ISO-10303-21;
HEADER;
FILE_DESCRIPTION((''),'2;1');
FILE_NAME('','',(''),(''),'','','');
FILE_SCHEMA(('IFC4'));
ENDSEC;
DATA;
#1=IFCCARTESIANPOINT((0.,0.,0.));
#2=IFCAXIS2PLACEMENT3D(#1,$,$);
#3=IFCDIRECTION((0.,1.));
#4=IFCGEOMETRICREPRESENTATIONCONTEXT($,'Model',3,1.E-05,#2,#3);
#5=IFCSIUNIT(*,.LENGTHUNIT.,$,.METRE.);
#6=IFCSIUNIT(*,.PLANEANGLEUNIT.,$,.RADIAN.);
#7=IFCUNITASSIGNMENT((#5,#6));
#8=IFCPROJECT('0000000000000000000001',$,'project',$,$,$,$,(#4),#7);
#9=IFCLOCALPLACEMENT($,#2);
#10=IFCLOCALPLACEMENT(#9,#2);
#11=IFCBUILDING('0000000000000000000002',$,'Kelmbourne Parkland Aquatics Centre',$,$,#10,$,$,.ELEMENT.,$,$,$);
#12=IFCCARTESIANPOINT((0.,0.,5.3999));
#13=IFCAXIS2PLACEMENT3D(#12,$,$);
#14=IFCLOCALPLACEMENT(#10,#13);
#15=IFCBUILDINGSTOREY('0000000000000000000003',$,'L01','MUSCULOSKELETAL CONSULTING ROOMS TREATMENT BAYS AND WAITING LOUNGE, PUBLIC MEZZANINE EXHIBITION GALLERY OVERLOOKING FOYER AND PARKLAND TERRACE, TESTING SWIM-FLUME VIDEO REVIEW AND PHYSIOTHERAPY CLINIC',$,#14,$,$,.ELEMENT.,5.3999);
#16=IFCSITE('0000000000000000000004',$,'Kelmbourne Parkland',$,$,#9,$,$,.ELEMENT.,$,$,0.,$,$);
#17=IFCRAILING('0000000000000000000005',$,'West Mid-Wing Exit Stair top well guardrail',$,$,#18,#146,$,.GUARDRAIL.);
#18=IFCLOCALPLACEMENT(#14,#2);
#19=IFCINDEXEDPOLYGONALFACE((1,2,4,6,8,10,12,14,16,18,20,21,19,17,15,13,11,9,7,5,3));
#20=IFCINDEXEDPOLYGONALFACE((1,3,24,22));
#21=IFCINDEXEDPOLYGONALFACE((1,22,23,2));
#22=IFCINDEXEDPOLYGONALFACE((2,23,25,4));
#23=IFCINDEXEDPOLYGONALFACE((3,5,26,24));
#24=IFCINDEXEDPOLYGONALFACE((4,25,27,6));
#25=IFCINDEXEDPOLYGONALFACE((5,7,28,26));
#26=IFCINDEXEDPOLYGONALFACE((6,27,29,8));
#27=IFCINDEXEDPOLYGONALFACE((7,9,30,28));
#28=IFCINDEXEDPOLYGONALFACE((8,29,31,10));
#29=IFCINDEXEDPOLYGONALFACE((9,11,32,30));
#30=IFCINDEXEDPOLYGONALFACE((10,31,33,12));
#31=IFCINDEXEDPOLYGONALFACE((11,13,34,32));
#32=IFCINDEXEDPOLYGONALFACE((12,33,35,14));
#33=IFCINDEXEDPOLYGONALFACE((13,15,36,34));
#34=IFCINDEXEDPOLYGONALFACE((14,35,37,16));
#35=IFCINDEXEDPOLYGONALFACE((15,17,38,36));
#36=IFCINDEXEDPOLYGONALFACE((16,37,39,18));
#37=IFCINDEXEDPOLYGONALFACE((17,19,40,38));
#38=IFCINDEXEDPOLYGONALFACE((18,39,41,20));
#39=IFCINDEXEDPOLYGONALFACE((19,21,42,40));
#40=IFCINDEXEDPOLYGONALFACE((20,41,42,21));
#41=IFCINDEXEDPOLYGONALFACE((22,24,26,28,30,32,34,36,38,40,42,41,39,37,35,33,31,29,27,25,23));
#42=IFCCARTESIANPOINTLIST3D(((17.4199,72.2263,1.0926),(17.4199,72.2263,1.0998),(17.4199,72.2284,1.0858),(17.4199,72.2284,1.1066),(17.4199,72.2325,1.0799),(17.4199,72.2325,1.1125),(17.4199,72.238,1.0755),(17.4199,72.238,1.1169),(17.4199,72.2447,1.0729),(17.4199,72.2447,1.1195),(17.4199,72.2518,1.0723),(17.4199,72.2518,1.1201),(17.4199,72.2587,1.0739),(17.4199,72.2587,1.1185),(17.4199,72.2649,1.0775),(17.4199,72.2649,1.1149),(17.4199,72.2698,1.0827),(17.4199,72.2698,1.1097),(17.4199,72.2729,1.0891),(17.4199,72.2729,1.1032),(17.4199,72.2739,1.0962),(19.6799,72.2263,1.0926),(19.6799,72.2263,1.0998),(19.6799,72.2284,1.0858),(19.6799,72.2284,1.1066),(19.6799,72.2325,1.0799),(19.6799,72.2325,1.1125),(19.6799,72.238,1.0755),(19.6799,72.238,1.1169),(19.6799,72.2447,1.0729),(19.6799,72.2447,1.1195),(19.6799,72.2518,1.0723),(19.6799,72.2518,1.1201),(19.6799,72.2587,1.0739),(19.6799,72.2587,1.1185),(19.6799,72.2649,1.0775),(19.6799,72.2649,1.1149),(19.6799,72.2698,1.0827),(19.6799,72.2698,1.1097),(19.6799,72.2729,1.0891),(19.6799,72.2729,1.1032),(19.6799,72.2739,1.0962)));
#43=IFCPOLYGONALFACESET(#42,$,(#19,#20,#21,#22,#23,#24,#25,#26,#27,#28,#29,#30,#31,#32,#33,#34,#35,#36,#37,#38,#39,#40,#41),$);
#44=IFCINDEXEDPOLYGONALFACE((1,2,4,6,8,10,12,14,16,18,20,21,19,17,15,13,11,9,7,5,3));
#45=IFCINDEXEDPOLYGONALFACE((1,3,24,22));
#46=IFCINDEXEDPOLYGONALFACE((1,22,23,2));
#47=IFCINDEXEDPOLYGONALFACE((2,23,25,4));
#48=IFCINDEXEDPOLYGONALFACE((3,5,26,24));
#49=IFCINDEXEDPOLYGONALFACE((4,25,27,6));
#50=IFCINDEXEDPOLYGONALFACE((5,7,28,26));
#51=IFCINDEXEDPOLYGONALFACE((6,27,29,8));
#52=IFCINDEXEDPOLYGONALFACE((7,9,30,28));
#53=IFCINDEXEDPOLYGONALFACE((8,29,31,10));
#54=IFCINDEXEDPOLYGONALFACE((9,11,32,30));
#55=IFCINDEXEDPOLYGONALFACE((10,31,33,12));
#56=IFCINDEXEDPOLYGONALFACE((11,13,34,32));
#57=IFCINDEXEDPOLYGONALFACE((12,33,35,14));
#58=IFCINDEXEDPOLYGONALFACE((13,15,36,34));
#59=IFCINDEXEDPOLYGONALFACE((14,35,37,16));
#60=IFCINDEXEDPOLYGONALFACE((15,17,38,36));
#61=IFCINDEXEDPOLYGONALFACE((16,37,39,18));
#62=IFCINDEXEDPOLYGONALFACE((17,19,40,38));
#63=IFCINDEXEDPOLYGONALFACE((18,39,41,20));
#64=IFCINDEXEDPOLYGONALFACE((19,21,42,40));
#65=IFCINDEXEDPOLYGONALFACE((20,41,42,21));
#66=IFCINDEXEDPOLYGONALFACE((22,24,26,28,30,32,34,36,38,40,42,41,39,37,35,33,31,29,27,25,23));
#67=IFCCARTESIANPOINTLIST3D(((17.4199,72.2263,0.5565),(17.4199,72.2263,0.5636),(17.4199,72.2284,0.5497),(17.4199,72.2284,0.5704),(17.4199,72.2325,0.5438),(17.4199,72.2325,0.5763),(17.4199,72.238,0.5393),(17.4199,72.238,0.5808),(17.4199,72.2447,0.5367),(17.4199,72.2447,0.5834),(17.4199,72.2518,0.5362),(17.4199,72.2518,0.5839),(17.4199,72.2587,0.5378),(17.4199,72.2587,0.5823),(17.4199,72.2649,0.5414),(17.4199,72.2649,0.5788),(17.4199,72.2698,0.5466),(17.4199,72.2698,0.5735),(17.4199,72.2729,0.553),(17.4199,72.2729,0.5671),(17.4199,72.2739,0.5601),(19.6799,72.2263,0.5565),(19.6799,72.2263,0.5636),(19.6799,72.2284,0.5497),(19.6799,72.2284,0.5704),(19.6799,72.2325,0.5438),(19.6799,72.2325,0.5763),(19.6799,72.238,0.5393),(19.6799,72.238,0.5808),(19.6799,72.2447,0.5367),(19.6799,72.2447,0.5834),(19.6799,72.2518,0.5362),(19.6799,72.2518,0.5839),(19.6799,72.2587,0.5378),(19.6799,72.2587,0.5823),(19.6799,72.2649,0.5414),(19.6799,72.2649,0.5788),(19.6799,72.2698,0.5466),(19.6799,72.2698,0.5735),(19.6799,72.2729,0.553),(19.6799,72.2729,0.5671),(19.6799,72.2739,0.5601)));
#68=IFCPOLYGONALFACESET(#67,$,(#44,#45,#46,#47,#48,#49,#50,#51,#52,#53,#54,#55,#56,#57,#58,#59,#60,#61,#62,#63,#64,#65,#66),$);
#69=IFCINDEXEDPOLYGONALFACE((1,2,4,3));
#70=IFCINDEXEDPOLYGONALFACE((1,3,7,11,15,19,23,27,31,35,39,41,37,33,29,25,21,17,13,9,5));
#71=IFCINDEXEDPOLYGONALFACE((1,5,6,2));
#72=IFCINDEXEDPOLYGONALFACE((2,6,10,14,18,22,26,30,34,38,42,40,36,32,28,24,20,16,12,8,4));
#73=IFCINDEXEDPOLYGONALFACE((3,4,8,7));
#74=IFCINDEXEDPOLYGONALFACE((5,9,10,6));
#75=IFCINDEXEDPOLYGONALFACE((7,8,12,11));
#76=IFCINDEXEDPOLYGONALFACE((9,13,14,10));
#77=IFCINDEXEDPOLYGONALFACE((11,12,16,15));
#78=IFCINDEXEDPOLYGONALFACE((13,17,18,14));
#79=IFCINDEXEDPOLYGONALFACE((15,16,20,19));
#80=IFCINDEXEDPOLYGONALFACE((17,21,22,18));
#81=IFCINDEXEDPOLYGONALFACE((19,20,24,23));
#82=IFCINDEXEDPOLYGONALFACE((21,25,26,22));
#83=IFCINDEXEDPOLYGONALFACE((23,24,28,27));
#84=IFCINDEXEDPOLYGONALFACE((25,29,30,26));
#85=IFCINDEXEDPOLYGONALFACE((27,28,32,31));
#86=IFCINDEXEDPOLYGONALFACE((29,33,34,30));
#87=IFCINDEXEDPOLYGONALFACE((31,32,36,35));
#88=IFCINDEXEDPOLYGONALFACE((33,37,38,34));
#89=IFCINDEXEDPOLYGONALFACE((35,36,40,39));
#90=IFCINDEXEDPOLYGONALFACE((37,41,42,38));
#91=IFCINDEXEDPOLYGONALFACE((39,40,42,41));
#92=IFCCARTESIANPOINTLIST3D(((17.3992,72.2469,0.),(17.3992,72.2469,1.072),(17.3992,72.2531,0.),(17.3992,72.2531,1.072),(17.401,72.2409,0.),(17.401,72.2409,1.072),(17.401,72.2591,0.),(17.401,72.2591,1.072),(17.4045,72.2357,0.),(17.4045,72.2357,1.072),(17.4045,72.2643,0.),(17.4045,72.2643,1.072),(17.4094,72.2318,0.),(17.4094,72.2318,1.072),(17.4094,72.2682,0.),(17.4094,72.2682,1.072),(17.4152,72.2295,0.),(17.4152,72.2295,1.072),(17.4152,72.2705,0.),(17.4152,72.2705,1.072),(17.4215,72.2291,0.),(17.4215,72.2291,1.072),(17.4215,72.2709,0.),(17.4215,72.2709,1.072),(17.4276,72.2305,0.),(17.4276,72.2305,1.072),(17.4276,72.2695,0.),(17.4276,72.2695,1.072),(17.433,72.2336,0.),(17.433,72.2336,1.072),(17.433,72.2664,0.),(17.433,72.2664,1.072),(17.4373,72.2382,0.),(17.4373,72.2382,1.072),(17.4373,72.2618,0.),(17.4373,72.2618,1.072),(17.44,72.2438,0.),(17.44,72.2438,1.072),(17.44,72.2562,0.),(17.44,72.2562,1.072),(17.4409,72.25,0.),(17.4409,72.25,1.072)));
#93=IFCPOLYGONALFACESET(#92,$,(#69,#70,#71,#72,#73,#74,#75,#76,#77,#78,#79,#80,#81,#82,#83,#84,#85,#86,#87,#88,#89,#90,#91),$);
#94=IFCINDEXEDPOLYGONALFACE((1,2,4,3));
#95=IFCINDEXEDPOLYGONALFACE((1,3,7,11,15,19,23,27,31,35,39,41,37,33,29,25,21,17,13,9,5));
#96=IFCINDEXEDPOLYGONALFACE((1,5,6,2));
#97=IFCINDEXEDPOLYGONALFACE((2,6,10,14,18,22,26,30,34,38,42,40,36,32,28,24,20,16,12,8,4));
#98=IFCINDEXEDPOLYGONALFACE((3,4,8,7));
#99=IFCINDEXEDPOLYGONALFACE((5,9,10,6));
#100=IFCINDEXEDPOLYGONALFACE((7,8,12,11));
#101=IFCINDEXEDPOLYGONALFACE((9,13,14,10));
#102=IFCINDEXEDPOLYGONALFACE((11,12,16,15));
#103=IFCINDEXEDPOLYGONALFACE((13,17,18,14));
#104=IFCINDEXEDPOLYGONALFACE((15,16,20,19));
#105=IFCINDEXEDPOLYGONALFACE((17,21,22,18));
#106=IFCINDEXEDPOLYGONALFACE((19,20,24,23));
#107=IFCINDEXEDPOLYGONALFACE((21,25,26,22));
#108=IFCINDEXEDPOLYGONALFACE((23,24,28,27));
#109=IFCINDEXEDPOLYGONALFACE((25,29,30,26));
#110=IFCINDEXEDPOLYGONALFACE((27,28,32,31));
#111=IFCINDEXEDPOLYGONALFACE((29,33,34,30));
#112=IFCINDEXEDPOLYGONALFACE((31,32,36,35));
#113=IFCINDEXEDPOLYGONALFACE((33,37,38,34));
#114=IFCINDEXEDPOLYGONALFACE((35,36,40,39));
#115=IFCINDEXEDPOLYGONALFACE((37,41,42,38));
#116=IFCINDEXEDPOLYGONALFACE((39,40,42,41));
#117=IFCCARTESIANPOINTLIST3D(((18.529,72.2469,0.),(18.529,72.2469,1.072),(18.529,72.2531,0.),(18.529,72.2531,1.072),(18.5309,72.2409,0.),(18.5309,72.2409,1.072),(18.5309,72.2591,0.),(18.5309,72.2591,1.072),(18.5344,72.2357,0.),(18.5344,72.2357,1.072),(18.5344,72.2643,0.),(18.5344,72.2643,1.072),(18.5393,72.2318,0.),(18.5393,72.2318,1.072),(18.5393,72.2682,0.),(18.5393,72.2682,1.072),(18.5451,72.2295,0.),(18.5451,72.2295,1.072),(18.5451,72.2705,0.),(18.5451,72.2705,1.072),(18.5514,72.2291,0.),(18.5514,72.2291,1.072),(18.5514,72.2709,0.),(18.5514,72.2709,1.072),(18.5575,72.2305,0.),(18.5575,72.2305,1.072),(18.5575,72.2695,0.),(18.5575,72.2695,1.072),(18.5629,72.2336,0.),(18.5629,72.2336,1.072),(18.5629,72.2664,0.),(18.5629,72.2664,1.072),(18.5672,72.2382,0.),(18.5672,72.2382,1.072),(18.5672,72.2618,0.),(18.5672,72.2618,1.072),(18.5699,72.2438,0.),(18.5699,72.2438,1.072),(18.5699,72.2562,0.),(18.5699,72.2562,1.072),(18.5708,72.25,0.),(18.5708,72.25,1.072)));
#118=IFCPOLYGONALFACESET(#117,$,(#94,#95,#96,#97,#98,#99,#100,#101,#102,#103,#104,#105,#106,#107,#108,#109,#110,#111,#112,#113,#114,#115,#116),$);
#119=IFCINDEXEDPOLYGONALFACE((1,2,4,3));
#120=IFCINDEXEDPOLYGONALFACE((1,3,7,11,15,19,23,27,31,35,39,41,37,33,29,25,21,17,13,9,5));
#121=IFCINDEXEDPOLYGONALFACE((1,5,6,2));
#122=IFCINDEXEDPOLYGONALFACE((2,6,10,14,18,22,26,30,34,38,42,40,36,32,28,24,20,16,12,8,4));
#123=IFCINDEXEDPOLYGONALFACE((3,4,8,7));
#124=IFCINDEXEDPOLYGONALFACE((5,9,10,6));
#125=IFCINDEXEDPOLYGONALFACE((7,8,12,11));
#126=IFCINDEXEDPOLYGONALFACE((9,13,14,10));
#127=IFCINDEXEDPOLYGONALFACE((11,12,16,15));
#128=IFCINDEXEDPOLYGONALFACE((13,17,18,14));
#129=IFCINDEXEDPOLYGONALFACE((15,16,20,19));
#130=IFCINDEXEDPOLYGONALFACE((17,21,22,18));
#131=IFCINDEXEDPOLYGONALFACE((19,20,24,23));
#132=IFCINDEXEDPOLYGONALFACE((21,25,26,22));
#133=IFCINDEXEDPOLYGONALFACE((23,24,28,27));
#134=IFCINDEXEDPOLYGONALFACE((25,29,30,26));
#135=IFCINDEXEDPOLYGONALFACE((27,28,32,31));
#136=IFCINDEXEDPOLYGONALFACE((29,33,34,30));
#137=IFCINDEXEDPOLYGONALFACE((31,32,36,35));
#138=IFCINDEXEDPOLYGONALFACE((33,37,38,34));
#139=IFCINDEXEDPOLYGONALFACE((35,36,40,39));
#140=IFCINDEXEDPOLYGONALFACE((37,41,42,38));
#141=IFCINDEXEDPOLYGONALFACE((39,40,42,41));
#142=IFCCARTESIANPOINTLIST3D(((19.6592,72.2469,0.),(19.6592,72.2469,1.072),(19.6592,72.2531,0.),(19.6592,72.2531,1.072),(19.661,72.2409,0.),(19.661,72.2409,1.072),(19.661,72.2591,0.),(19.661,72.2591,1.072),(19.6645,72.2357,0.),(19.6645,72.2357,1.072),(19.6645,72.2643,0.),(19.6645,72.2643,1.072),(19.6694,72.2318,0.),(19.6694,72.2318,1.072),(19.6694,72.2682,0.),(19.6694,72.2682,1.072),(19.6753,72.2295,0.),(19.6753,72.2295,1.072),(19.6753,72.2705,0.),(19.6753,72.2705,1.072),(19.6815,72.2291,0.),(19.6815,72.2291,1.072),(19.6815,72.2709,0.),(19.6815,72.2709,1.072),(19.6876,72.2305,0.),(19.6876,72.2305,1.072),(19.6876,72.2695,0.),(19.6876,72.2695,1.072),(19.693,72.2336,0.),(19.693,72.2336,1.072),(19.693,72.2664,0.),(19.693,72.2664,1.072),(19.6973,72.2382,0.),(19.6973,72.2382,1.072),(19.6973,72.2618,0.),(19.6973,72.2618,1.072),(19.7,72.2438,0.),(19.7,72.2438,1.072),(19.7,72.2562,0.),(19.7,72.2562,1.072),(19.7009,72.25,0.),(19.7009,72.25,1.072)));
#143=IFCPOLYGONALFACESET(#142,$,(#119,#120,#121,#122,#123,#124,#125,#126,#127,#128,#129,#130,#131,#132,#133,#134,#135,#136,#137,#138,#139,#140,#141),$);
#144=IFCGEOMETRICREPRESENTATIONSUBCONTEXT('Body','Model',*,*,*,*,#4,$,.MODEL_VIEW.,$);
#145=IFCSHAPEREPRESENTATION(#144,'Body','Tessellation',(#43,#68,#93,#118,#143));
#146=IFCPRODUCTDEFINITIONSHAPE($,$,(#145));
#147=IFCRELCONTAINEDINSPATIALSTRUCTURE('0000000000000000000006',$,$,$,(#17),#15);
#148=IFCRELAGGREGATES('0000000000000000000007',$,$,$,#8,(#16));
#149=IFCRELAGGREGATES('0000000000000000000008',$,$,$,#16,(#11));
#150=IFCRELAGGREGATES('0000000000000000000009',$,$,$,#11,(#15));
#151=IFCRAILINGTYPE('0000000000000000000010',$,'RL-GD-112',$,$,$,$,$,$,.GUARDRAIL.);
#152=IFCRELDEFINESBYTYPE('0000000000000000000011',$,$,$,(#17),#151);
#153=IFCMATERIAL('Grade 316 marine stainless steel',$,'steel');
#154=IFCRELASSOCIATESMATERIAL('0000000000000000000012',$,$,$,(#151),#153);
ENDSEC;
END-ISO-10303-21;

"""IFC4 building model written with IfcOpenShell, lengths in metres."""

from ifc_helpers import new_model, si_unit, direction, frame, origin, origin_2d, place, context, subcontext, project, spatial, circle, extrude, material, type_object, element, save


model = new_model("IFC4")

# Units and contexts
model_context = context("Model", 3, precision=1e-05, world=origin(), true_north=direction((0.0, 1.0)))
body_context = subcontext(model_context, "Body", "Model", "MODEL_VIEW")
ifc_project = project(units=[si_unit("LENGTHUNIT", "METRE"), si_unit("PLANEANGLEUNIT", "RADIAN")], contexts=[model_context])

# Site, building, storey
site_placement = place(None, origin())
site = spatial("IfcSite", under=ifc_project, at=site_placement, Name="Kelmbourne Parkland", CompositionType="ELEMENT", RefElevation=0.0)
building_placement = place(site_placement, origin())
building = spatial("IfcBuilding", under=site, at=building_placement, Name="Kelmbourne Parkland Aquatics Centre", CompositionType="ELEMENT")
storey_placement = place(building_placement, frame((0.0, 0.0, 5.3999)))
storey = spatial("IfcBuildingStorey", under=building, at=storey_placement, Name="L01", Description="MUSCULOSKELETAL CONSULTING ROOMS TREATMENT BAYS AND WAITING LOUNGE, PUBLIC MEZZANINE EXHIBITION GALLERY OVERLOOKING FOYER AND PARKLAND TERRACE, TESTING SWIM-FLUME VIDEO REVIEW AND PHYSIOTHERAPY CLINIC", CompositionType="ELEMENT", Elevation=5.3999)

# Railing
ifc_material_1 = material(Name="Grade 316 marine stainless steel", Category="steel")
railing_type = type_object("IfcRailingType", Name="RL-GD-112", PredefinedType="GUARDRAIL", material=ifc_material_1)
for number, where, name in (
    (1, (17.4199, 72.25, 0.0), "West Mid-Wing Exit Stair top well guardrail"),
):
    element("IfcRailing", number, at=place(storey_placement, frame(where)), inside=storey, type_object=railing_type, Name=name, PredefinedType="GUARDRAIL", context=body_context, shape_type="SweptSolid", body=[
        extrude(circle(Radius=0.0239, at=origin_2d()), frame((0.0, 0.0, 1.0962), z_axis=(1.0, 0.0, 0.0), x_axis=(0.0, 1.0, 0.0)), (0.0, 0.0, 1.0), 2.26),
        extrude(circle(Radius=0.0239, at=origin_2d()), frame((0.0, 0.0, 0.5601), z_axis=(1.0, 0.0, 0.0), x_axis=(0.0, 1.0, 0.0)), (0.0, 0.0, 1.0), 2.26),
        extrude(circle(Radius=0.021, at=origin_2d()), origin(), (0.0, 0.0, 1.0), 1.072),
        extrude(circle(Radius=0.021, at=origin_2d()), frame((1.1299, 0.0, 0.0)), (0.0, 0.0, 1.0), 1.072),
        extrude(circle(Radius=0.021, at=origin_2d()), frame((2.26, 0.0, 0.0)), (0.0, 0.0, 1.0), 1.072),
    ])

save(model, "model.ifc")
